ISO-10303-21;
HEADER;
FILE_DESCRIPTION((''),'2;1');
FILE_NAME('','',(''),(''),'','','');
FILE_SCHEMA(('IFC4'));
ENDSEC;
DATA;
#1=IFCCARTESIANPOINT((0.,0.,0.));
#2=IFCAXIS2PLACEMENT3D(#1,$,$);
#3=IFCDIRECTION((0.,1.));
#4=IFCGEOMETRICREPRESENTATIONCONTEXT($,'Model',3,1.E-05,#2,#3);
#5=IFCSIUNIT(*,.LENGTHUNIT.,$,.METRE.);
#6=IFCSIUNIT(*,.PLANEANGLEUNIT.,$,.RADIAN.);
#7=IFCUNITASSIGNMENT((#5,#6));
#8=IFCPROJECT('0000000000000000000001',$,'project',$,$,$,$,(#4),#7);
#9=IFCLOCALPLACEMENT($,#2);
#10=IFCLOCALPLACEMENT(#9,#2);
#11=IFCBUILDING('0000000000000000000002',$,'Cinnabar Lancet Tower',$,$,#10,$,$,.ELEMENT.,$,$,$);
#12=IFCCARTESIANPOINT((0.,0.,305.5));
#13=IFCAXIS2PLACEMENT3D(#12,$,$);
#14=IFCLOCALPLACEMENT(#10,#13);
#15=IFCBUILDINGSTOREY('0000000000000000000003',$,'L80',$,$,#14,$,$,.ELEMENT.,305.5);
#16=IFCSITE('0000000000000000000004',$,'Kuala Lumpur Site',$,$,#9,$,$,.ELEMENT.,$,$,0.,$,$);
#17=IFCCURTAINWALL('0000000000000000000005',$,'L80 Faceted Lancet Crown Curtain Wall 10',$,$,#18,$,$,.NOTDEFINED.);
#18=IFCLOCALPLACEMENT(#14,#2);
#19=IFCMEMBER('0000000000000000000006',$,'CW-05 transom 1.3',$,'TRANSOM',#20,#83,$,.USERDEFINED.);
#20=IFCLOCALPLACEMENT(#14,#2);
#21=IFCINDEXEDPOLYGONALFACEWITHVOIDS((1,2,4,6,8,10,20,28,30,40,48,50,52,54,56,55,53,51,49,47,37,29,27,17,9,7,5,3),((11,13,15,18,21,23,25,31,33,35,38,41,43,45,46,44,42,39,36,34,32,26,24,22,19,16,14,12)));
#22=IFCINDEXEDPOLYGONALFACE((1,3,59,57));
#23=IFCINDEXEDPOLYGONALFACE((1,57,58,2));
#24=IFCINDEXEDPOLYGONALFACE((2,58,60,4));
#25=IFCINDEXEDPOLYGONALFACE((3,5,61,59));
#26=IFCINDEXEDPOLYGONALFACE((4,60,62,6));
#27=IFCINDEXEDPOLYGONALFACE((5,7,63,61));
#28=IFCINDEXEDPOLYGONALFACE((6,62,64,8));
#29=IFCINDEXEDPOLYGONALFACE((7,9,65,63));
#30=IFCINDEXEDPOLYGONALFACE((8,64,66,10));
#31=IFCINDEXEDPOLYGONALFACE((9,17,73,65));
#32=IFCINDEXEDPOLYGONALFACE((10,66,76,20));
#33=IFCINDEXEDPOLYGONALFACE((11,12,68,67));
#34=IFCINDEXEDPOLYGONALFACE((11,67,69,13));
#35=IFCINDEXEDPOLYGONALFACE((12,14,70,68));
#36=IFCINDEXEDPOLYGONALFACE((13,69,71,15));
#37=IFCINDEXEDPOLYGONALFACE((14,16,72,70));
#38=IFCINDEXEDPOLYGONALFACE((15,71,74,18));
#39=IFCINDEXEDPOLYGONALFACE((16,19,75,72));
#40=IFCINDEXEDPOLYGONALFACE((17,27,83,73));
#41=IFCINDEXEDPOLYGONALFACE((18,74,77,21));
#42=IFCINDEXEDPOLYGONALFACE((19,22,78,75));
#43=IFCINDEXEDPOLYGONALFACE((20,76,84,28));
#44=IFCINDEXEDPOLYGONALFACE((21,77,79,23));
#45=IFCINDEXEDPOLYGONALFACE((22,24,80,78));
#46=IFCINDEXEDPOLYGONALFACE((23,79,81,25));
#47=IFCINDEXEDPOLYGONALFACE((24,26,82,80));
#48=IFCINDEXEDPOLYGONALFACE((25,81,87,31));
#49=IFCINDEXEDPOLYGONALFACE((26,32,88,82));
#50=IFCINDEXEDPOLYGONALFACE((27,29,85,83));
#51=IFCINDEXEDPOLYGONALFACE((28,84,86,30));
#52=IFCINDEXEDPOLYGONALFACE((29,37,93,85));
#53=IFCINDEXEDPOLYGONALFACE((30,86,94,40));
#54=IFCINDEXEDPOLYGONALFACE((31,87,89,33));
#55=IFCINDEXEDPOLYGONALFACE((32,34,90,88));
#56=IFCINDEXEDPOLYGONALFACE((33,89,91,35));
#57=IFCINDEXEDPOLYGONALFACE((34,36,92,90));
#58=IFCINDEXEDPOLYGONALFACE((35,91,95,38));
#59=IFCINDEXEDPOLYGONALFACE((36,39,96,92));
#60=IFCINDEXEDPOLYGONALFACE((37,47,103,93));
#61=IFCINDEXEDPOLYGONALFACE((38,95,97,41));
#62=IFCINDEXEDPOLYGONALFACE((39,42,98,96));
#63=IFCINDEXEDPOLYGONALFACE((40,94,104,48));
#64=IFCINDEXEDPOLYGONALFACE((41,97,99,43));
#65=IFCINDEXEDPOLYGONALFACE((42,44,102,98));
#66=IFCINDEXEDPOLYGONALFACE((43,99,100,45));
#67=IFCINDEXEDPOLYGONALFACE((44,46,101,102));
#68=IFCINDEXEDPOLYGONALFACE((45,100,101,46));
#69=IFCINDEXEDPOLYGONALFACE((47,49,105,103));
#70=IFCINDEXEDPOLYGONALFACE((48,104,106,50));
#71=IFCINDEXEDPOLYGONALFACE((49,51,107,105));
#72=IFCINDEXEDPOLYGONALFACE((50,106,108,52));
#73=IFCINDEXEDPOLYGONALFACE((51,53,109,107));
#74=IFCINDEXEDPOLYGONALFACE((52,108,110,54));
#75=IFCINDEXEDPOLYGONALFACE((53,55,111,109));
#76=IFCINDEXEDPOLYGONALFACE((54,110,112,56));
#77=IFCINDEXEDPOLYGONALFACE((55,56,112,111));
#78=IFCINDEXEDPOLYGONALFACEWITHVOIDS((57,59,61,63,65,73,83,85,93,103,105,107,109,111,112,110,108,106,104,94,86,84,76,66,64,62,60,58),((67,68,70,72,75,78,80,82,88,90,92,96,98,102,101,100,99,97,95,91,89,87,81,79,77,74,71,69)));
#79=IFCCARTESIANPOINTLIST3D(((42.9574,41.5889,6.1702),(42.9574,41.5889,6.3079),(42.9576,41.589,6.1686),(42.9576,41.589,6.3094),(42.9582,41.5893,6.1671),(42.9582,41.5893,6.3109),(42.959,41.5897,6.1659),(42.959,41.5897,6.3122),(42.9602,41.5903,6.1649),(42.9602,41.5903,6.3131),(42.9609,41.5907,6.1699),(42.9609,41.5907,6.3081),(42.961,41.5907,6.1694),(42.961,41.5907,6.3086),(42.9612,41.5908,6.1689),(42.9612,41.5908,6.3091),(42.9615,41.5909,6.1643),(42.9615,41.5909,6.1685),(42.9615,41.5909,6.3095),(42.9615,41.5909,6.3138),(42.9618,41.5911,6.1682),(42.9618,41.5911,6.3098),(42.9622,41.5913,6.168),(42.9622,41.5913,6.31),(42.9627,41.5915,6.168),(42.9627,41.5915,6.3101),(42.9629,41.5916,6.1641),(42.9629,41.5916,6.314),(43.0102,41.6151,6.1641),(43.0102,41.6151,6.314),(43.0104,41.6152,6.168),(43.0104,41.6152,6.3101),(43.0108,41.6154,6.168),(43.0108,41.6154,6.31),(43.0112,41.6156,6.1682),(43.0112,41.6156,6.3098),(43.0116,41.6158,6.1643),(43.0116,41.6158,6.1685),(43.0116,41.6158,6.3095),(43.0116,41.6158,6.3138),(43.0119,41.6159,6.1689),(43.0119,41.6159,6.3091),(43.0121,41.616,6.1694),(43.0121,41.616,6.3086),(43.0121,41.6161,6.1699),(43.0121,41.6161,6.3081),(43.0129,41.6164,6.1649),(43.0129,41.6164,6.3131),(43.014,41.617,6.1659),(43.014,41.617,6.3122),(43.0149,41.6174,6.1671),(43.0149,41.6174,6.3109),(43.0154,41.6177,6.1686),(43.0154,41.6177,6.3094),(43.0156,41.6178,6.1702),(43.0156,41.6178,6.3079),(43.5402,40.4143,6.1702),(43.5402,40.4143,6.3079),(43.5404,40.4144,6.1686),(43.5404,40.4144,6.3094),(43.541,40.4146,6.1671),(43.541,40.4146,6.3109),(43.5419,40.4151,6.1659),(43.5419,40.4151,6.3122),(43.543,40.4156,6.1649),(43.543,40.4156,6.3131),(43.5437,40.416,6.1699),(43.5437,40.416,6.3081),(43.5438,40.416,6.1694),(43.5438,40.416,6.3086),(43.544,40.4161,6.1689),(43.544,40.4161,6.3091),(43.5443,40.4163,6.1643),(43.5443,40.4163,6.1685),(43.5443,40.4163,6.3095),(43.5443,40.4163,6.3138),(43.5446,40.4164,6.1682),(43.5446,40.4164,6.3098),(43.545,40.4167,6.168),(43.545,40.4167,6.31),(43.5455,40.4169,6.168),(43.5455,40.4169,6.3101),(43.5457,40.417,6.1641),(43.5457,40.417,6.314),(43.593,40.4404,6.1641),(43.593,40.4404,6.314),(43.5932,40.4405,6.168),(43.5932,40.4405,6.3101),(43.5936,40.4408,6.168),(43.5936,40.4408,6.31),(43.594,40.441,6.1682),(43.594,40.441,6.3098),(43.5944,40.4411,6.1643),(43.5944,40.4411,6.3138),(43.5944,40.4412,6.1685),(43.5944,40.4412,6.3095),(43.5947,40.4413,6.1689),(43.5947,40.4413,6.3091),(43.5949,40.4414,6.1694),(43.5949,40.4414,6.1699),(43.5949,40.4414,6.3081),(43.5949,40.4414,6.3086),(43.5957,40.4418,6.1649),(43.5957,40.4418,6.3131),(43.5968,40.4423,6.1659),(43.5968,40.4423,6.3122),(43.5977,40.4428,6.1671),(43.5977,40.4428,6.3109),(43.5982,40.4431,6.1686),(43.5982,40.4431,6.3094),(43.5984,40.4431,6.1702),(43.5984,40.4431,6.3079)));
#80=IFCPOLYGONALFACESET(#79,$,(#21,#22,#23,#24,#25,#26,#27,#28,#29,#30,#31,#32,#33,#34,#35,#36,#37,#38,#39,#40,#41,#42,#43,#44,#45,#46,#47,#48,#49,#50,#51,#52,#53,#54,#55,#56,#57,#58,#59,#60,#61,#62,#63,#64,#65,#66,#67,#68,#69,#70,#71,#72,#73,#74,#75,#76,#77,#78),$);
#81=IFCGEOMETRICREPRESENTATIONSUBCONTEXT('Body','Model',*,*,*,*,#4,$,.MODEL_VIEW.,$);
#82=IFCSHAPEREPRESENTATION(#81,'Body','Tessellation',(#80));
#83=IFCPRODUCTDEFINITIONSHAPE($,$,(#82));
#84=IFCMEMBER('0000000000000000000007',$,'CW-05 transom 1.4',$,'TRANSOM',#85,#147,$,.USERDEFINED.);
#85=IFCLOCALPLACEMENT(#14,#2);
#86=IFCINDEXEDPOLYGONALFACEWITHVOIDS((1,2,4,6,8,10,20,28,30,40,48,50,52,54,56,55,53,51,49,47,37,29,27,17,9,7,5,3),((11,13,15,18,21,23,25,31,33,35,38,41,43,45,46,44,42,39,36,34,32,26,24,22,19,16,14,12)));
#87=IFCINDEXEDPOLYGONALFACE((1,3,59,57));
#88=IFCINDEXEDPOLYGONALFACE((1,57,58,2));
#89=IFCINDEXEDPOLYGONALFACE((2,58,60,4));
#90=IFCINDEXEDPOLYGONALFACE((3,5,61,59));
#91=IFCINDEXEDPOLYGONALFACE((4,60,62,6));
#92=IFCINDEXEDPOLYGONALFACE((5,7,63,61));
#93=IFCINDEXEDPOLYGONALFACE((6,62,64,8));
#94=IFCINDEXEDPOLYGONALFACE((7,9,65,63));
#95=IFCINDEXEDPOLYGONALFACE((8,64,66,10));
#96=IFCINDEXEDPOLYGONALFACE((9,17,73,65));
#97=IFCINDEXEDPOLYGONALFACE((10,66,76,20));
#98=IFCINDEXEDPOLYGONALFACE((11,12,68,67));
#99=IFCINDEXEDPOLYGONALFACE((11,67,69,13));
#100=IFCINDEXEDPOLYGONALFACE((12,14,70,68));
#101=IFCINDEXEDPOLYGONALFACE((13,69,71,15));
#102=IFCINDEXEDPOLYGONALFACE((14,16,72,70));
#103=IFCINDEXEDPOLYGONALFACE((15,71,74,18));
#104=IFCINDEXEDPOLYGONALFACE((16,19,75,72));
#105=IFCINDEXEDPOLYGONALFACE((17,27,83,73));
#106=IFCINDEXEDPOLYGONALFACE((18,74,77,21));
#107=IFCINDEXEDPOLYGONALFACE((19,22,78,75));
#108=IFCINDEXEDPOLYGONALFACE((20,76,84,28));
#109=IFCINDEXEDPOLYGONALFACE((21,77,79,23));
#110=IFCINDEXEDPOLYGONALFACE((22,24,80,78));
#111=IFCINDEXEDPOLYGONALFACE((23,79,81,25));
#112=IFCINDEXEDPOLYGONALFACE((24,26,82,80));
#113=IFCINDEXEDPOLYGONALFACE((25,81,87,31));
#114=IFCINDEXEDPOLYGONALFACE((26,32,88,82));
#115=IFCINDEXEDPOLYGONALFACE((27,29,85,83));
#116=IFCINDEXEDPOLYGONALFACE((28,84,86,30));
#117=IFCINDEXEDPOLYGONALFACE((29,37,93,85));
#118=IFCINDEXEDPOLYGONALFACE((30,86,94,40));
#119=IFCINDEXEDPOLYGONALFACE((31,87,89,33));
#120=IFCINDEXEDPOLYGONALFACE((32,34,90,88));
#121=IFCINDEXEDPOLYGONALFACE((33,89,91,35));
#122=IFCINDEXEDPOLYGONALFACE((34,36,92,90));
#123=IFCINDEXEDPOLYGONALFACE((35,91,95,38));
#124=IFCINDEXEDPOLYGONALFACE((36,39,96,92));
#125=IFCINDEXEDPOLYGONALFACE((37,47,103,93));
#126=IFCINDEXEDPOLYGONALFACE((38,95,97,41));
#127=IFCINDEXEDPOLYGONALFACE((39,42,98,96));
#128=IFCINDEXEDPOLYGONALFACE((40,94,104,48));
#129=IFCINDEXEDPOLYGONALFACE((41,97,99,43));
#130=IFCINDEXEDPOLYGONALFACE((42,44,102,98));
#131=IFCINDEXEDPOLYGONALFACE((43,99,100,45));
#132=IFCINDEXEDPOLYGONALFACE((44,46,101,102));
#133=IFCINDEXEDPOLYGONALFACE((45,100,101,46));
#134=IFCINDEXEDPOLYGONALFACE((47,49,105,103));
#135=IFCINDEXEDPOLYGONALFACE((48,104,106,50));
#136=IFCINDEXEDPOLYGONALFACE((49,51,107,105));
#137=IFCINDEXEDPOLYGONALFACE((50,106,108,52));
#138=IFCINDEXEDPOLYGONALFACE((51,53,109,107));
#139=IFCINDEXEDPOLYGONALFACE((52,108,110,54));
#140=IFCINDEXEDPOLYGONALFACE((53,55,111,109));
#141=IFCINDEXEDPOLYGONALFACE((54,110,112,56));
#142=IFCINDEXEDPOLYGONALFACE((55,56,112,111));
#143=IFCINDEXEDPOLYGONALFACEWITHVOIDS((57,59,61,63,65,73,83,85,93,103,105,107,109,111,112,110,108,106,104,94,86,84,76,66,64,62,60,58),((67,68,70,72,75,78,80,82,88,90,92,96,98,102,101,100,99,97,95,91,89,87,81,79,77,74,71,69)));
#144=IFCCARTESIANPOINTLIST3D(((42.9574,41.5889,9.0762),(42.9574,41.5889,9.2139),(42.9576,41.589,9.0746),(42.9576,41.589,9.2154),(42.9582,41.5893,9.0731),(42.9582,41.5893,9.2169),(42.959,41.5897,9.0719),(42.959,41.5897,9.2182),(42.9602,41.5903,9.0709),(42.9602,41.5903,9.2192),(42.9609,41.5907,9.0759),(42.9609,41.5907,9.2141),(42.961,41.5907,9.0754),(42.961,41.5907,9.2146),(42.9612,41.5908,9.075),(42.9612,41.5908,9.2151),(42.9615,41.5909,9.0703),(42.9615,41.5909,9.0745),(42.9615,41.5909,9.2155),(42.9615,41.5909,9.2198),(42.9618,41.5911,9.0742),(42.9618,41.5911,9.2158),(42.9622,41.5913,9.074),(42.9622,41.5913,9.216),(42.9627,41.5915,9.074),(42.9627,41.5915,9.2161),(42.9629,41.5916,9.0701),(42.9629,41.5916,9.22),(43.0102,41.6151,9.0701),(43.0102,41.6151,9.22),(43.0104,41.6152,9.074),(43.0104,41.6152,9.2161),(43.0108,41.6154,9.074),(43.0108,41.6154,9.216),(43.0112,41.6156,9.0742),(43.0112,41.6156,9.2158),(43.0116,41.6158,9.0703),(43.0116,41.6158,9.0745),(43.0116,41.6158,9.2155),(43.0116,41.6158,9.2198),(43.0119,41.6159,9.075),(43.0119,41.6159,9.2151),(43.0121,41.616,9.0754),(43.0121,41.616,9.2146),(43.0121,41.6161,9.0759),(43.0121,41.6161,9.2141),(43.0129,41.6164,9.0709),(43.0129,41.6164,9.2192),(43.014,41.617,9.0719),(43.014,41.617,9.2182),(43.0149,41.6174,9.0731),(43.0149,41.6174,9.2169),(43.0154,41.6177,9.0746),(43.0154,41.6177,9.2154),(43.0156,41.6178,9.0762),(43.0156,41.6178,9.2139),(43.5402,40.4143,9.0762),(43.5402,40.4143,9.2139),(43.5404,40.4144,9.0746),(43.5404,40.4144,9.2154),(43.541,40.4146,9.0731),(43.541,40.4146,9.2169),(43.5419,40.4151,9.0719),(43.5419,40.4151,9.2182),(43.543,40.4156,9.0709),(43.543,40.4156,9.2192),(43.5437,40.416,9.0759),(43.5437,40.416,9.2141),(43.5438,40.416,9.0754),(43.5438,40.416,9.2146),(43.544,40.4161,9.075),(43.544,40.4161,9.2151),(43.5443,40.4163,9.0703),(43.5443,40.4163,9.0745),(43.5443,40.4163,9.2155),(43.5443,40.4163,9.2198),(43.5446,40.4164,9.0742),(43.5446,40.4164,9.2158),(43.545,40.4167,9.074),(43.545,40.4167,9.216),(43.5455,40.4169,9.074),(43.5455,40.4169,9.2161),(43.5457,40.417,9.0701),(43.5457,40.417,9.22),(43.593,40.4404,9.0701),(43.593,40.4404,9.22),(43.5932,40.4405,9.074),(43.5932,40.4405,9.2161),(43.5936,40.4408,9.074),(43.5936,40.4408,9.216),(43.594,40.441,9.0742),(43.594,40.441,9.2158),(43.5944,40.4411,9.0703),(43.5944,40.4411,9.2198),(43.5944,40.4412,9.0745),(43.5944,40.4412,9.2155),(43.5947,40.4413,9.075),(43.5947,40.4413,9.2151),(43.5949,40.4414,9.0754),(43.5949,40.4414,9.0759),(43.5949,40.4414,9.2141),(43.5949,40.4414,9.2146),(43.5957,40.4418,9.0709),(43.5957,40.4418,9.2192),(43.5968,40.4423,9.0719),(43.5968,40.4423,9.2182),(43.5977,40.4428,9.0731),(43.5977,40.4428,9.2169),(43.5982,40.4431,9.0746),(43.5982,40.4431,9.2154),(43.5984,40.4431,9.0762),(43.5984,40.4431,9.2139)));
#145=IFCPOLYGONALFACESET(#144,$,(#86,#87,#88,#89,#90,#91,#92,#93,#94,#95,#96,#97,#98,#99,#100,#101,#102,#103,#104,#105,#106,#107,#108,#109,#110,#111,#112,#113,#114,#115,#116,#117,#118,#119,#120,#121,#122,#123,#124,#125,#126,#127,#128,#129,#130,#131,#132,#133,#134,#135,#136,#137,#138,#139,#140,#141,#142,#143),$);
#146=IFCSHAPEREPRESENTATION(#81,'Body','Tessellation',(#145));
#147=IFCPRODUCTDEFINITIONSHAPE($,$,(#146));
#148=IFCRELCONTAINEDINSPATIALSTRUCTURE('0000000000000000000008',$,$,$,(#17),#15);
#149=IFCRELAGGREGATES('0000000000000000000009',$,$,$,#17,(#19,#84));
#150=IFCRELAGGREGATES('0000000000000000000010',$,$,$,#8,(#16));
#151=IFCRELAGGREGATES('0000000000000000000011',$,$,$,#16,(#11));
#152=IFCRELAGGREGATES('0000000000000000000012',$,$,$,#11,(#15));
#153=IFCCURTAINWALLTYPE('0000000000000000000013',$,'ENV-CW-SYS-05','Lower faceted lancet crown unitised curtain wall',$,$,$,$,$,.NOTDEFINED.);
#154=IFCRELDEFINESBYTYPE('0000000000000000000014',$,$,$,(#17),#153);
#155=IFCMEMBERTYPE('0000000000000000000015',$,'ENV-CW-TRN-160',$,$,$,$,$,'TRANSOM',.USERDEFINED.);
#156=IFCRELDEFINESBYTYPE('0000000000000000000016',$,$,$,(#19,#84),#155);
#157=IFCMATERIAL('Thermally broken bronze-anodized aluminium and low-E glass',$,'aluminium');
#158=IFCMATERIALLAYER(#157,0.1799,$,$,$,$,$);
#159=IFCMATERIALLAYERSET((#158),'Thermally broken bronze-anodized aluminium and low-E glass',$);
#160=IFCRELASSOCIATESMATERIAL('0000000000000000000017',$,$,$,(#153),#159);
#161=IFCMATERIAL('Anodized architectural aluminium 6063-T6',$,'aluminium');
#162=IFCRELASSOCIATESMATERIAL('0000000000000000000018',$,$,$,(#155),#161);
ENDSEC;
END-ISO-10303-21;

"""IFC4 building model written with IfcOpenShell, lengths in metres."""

from ifc_helpers import new_model, si_unit, direction, frame, origin, origin_2d, place, context, subcontext, project, spatial, hollow_rectangle, extrude, material, layer, layer_set, material_profile, profile_set, type_object, element, aggregate, save


model = new_model("IFC4")

# Units and contexts
model_context = context("Model", 3, precision=1e-05, world=origin(), true_north=direction((0.0, 1.0)))
body_context = subcontext(model_context, "Body", "Model", "MODEL_VIEW")
ifc_project = project(units=[si_unit("LENGTHUNIT", "METRE"), si_unit("PLANEANGLEUNIT", "RADIAN")], contexts=[model_context])

# Site, building, storey
site_placement = place(None, origin())
site = spatial("IfcSite", under=ifc_project, at=site_placement, Name="Kuala Lumpur Site", CompositionType="ELEMENT", RefElevation=0.0)
building_placement = place(site_placement, origin())
building = spatial("IfcBuilding", under=site, at=building_placement, Name="Cinnabar Lancet Tower", CompositionType="ELEMENT")
storey_placement = place(building_placement, frame((0.0, 0.0, 305.5)))
storey = spatial("IfcBuildingStorey", under=building, at=storey_placement, Name="L80", CompositionType="ELEMENT", Elevation=305.5)

# Curtain wall
ifc_material_1 = material(Name="Thermally broken bronze-anodized aluminium and low-E glass", Category="aluminium")
ifc_layer_1 = layer(ifc_material_1, 0.1799)
ifc_layer_set_1 = layer_set([ifc_layer_1], Name="Thermally broken bronze-anodized aluminium and low-E glass")
curtain_wall_type = type_object("IfcCurtainWallType", Name="ENV-CW-SYS-05", Description="Lower faceted lancet crown unitised curtain wall", PredefinedType="NOTDEFINED", material=ifc_layer_set_1)
curtain_wall_1_placement = place(storey_placement, origin())
curtain_wall_1 = element("IfcCurtainWall", 1, at=curtain_wall_1_placement, inside=storey, type_object=curtain_wall_type, Name="L80 Faceted Lancet Crown Curtain Wall 10", PredefinedType="NOTDEFINED")

# Members
ifc_material_2 = material(Name="Anodized architectural aluminium 6063-T6", Category="aluminium")
ifc_material_profile_1 = material_profile(ifc_material_2, hollow_rectangle(XDim=0.0649, YDim=0.1499, WallThickness=0.0039, InnerFilletRadius=0.002, OuterFilletRadius=0.0061, at=origin_2d()), Name="CW-TRN 150x65x4")
ifc_profile_set_1 = profile_set([ifc_material_profile_1], Name="Anodized architectural aluminium 6063-T6")
member_type_1 = type_object("IfcMemberType", Name="ENV-CW-TRN-160", ElementType="TRANSOM", PredefinedType="USERDEFINED", material=ifc_profile_set_1)
member_1_placement = place(storey_placement, frame((43.5693, 40.4287, 6.239), z_axis=(-0.444456, 0.895801, 0.0), x_axis=(-0.895801, -0.444456, 0.0)))
member_1 = element("IfcMember", 2, at=member_1_placement, type_object=member_type_1, Name="CW-05 transom 1.3", ObjectType="TRANSOM", PredefinedType="USERDEFINED", context=body_context, shape_type="SweptSolid", body=[
    extrude(hollow_rectangle(XDim=0.0649, YDim=0.1499, WallThickness=0.0039, InnerFilletRadius=0.002, OuterFilletRadius=0.0061, at=origin_2d()), origin(), (0.0, 0.0, 1.0), 1.3113),
])
member_2_placement = place(storey_placement, frame((43.5693, 40.4287, 9.145), z_axis=(-0.444456, 0.895801, 0.0), x_axis=(-0.895801, -0.444456, 0.0)))
member_2 = element("IfcMember", 3, at=member_2_placement, type_object=member_type_1, Name="CW-05 transom 1.4", ObjectType="TRANSOM", PredefinedType="USERDEFINED", context=body_context, shape_type="SweptSolid", body=[
    extrude(hollow_rectangle(XDim=0.0649, YDim=0.1499, WallThickness=0.0039, InnerFilletRadius=0.002, OuterFilletRadius=0.0061, at=origin_2d()), origin(), (0.0, 0.0, 1.0), 1.3113),
])

aggregate(curtain_wall_1, [member_1, member_2])

save(model, "model.ifc")
